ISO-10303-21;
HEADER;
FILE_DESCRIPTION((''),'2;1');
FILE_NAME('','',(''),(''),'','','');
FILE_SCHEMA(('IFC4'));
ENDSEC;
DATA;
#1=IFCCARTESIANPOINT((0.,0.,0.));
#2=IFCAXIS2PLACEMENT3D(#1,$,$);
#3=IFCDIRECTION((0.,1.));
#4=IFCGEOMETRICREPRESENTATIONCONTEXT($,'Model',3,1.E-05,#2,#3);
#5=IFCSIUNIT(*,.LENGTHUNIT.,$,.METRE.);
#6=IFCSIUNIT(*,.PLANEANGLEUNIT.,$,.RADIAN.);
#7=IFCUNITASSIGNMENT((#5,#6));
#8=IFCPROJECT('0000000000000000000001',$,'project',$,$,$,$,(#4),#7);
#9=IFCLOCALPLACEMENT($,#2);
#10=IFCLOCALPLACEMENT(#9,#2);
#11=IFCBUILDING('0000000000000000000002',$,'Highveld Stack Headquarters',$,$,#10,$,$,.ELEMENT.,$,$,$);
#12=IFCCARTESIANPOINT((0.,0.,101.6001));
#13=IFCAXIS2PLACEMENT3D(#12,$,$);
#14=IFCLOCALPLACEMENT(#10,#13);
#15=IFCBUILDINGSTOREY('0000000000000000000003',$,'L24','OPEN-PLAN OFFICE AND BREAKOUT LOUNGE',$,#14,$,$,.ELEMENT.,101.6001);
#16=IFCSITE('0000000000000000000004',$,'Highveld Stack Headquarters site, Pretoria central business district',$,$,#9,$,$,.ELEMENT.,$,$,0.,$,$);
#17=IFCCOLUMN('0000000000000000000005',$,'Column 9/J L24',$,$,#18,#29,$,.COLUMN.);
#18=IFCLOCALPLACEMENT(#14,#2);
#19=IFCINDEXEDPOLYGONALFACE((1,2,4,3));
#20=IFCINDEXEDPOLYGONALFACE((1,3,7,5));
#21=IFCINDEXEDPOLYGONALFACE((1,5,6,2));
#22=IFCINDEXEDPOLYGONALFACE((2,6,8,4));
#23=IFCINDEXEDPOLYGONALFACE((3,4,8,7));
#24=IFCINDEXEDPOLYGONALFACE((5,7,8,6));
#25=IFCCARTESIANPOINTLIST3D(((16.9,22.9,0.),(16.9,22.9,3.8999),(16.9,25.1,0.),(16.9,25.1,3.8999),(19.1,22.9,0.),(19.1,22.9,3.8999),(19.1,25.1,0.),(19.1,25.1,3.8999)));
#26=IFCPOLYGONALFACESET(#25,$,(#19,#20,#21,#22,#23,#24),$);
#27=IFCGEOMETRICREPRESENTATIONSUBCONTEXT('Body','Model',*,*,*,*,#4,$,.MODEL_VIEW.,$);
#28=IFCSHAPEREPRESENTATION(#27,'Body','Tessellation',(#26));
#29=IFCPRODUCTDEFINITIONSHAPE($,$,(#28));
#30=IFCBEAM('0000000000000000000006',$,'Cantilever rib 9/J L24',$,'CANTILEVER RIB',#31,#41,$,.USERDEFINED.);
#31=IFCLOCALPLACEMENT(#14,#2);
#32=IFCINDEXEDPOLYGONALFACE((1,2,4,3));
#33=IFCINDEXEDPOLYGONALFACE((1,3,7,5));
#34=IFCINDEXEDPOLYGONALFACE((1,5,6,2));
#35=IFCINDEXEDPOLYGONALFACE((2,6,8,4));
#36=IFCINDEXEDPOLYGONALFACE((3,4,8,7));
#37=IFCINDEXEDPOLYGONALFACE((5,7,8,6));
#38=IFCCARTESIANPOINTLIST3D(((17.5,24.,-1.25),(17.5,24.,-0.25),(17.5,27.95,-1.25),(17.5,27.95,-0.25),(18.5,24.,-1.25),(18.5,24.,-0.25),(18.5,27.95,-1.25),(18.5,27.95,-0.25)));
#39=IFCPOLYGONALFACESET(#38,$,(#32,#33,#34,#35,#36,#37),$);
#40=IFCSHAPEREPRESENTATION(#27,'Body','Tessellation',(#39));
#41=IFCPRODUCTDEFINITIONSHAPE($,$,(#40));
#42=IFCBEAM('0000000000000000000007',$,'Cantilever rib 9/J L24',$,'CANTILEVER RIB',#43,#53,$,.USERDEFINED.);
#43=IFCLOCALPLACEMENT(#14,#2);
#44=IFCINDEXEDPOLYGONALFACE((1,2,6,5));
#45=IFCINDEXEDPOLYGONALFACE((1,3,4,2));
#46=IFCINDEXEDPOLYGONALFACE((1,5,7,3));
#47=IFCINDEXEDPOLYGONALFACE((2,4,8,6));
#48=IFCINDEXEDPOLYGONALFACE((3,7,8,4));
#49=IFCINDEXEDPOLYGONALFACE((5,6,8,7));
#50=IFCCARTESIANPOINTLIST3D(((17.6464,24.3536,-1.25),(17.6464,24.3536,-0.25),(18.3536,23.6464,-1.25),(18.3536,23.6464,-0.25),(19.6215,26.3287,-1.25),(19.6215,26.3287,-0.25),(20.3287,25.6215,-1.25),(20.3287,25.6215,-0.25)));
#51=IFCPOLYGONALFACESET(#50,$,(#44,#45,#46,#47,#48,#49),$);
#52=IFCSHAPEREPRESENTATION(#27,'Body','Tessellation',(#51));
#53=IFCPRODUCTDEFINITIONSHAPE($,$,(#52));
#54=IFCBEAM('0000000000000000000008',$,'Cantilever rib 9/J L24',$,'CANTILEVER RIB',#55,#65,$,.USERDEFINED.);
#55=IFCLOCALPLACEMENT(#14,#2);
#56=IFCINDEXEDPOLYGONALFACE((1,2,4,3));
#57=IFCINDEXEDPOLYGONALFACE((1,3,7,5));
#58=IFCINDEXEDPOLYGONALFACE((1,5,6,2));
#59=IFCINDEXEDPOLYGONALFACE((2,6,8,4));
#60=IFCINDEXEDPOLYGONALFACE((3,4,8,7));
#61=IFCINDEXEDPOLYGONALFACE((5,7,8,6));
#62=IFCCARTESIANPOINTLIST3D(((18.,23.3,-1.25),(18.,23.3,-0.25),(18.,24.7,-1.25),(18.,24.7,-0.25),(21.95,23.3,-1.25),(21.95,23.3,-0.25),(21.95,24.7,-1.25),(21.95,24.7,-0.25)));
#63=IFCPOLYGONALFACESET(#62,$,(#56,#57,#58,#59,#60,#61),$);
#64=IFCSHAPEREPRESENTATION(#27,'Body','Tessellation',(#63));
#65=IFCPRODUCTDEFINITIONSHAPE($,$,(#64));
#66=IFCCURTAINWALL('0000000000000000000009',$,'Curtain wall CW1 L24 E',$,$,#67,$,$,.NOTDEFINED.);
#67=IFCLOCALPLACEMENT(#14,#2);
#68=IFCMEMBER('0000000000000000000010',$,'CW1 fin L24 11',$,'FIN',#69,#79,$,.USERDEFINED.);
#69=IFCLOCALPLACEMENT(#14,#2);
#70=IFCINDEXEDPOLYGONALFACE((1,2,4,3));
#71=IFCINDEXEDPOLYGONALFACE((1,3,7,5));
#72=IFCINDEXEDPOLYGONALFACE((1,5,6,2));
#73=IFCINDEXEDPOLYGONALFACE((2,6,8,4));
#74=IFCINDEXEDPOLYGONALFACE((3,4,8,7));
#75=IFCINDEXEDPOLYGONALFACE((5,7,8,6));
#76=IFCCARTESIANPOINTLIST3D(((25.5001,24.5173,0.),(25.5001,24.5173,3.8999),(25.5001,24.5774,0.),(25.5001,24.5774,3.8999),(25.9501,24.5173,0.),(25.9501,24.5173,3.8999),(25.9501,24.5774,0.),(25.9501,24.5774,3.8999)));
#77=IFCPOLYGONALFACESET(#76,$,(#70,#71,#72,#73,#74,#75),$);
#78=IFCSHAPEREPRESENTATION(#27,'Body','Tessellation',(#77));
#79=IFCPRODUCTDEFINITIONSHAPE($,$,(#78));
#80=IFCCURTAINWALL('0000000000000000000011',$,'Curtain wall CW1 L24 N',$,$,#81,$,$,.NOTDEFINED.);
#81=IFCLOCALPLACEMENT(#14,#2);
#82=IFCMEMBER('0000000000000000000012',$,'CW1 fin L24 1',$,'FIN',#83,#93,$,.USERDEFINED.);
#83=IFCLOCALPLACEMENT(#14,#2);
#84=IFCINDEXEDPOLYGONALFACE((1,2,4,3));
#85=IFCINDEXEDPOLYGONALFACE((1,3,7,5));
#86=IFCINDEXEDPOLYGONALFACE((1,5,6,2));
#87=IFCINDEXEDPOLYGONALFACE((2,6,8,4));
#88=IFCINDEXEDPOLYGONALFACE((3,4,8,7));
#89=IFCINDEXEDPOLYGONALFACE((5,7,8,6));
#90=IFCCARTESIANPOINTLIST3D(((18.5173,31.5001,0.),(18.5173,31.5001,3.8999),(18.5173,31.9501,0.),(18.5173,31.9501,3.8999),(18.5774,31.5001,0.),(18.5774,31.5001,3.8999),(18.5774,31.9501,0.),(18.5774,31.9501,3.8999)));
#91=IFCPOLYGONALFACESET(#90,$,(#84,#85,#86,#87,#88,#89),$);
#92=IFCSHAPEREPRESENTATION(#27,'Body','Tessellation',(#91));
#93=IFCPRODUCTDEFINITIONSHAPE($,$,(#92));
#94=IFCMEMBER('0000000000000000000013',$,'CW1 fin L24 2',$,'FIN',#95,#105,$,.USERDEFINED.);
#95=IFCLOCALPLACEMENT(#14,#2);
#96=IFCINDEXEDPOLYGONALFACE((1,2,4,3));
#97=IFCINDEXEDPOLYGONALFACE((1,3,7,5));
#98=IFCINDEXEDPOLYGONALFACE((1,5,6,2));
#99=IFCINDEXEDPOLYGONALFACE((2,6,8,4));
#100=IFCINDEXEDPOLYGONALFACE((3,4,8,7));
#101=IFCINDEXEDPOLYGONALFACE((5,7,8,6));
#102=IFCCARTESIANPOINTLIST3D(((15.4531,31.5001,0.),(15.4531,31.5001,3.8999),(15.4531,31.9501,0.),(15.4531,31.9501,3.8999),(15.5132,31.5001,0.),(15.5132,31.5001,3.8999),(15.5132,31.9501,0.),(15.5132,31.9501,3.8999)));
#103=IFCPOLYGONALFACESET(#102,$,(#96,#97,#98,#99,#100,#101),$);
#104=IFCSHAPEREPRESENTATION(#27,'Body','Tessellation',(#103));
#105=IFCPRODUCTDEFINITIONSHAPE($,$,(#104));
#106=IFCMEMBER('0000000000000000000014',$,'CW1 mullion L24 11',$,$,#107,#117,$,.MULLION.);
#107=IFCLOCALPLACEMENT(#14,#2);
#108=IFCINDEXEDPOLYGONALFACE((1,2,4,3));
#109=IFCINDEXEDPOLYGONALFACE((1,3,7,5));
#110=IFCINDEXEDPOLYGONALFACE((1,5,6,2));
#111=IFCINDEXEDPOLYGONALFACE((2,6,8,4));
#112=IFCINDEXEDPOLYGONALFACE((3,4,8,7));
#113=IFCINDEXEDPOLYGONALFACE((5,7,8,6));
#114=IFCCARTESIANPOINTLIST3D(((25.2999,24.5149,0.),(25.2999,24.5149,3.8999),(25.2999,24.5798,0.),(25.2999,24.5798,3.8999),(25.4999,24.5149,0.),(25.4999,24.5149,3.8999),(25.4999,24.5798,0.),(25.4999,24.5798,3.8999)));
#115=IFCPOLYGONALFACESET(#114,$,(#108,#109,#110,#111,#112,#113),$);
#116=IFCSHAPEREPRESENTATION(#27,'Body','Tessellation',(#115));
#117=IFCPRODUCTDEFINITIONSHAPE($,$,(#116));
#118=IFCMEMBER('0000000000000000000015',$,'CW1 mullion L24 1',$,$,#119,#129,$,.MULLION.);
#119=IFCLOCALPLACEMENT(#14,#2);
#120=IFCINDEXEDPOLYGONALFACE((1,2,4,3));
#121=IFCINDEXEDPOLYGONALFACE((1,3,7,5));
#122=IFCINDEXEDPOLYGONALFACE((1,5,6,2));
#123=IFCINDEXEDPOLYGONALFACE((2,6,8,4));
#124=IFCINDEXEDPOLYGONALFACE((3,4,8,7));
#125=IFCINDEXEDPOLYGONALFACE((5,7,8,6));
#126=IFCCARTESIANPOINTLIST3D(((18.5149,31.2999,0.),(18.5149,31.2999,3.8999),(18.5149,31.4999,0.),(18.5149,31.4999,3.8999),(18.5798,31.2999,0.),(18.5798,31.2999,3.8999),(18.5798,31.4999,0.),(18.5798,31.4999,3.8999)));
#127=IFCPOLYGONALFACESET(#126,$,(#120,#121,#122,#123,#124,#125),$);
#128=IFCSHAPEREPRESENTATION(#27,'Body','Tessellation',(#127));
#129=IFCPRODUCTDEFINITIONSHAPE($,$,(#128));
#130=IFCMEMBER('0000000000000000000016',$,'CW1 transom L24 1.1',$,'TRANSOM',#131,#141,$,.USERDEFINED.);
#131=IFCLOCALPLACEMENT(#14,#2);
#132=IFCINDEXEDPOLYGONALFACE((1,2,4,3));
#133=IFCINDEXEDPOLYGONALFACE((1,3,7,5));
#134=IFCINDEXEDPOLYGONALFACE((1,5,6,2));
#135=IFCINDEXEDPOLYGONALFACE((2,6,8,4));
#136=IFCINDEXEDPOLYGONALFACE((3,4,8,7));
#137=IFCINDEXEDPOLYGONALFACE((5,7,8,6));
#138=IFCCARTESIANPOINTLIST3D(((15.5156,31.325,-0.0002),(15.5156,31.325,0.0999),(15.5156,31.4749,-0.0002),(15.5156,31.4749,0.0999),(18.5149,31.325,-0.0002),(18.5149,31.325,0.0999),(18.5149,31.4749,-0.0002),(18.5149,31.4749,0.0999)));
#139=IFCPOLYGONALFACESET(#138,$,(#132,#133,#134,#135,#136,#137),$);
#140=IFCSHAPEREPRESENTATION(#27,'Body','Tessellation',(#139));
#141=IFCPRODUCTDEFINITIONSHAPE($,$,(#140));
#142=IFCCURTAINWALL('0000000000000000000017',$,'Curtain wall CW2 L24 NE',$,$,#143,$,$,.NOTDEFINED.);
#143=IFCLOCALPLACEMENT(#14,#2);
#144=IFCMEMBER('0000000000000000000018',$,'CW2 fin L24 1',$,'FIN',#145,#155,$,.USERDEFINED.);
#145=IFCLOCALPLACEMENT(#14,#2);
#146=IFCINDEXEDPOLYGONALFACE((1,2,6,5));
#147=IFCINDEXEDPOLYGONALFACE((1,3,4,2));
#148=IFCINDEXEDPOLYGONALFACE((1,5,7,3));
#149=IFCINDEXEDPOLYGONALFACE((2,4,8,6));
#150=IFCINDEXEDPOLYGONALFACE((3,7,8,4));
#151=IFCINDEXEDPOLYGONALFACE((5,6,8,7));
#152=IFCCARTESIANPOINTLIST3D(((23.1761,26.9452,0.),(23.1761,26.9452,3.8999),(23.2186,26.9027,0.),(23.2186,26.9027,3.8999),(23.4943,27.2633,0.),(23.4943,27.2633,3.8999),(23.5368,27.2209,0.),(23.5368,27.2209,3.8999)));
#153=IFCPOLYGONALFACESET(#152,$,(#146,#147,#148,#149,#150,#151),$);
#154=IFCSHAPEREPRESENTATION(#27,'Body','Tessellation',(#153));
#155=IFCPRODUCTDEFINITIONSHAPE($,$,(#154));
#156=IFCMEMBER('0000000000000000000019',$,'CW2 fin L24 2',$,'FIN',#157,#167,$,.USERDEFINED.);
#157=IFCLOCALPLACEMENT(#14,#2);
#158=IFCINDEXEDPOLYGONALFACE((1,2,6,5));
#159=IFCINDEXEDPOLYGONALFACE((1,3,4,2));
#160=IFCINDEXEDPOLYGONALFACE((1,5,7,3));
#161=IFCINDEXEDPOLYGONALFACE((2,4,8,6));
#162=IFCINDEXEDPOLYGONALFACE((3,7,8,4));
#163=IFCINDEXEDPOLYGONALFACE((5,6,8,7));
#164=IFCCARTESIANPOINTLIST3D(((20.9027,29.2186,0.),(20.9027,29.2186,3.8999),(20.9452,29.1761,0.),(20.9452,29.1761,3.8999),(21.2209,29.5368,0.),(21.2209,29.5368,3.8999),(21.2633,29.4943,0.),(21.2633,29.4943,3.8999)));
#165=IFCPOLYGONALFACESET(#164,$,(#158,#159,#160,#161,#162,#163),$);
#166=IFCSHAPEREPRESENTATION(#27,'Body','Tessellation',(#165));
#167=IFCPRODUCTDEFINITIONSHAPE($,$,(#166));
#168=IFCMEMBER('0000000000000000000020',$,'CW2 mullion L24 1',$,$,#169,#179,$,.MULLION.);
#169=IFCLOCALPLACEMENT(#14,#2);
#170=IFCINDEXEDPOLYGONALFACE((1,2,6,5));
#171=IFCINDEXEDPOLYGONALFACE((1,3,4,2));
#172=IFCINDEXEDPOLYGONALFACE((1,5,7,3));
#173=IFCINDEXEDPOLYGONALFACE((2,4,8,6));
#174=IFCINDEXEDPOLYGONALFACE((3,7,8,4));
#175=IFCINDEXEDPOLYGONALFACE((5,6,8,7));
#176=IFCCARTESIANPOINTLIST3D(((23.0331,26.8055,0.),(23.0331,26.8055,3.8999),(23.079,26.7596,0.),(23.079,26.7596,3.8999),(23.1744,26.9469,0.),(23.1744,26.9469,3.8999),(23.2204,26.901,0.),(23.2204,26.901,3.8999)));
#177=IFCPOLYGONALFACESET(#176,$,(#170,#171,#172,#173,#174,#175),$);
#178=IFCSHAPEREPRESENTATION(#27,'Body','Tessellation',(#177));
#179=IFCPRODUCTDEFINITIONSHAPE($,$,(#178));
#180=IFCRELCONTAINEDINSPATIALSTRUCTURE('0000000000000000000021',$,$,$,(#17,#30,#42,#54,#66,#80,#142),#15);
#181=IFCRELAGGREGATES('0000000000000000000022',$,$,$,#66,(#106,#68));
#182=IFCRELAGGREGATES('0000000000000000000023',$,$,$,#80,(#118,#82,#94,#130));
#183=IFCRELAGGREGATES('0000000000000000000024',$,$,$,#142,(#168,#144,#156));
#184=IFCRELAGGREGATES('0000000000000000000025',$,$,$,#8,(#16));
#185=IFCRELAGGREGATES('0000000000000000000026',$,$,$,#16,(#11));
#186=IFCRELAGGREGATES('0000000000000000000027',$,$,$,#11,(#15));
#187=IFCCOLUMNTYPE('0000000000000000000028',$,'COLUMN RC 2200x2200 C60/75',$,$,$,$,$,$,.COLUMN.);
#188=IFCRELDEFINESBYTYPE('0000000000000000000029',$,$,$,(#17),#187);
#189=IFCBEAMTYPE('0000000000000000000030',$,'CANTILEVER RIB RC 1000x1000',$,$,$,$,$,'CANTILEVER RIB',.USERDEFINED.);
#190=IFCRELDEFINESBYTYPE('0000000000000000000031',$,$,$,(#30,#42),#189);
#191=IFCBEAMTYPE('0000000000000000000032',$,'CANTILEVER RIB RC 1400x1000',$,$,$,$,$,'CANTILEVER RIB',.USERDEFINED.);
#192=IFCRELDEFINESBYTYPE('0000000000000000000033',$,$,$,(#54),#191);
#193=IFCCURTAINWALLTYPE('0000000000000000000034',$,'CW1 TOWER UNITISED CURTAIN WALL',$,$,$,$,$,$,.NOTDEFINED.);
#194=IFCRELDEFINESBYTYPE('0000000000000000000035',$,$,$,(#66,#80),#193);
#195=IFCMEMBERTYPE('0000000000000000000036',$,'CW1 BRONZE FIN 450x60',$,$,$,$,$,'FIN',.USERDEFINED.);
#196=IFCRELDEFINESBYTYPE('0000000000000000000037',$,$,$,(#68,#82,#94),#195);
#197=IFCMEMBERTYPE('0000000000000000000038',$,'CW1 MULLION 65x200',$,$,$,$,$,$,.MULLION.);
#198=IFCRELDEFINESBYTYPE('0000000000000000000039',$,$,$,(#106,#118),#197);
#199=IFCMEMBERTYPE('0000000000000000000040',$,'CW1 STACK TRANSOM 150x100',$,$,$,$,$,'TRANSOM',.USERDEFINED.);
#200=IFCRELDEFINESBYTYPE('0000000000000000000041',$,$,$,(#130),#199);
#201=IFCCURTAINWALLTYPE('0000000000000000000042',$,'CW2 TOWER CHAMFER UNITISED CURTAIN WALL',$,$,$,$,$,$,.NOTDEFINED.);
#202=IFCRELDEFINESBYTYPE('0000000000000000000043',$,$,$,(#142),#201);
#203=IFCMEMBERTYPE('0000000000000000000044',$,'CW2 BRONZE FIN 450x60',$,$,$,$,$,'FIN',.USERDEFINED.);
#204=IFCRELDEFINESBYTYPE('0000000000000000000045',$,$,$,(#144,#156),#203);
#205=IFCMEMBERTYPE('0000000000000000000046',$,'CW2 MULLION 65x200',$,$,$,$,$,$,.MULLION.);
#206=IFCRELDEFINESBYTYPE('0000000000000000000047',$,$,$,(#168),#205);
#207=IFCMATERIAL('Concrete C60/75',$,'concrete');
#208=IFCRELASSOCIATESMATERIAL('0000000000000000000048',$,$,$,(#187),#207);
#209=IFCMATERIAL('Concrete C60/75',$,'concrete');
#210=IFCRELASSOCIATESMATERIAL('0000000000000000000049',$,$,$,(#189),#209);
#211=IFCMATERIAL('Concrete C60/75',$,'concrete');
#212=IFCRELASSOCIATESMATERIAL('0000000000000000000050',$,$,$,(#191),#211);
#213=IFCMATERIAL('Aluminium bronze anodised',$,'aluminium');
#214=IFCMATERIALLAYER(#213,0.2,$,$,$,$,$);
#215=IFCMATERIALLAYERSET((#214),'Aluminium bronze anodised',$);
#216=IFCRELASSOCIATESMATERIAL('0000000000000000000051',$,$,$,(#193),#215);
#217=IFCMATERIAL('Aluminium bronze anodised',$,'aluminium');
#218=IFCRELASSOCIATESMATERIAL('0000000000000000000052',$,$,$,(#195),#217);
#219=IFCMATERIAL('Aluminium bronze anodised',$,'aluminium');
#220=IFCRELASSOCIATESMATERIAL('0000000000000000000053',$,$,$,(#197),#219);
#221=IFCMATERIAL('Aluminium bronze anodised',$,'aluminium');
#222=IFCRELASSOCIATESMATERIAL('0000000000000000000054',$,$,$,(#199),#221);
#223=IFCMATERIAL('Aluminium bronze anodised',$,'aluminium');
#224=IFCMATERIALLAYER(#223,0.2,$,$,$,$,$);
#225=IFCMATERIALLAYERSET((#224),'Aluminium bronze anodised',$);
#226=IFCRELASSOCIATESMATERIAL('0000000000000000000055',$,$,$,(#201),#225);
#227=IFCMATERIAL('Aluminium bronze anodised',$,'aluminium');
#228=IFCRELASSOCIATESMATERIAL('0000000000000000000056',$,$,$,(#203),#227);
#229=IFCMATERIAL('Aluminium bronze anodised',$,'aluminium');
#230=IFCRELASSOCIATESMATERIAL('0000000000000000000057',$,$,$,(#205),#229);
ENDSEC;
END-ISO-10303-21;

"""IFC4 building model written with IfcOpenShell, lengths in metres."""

from ifc_helpers import new_model, si_unit, direction, frame, origin, origin_2d, place, context, subcontext, project, spatial, rectangle, extrude, material, layer, layer_set, material_profile, profile_set, type_object, element, aggregate, save


model = new_model("IFC4")

# Units and contexts
model_context = context("Model", 3, precision=1e-05, world=origin(), true_north=direction((0.0, 1.0)))
body_context = subcontext(model_context, "Body", "Model", "MODEL_VIEW")
ifc_project = project(units=[si_unit("LENGTHUNIT", "METRE"), si_unit("PLANEANGLEUNIT", "RADIAN")], contexts=[model_context])

# Site, building, storey
site_placement = place(None, origin())
site = spatial("IfcSite", under=ifc_project, at=site_placement, Name="Highveld Stack Headquarters site, Pretoria central business district", CompositionType="ELEMENT", RefElevation=0.0)
building_placement = place(site_placement, origin())
building = spatial("IfcBuilding", under=site, at=building_placement, Name="Highveld Stack Headquarters", CompositionType="ELEMENT")
storey_placement = place(building_placement, frame((0.0, 0.0, 101.6001)))
storey = spatial("IfcBuildingStorey", under=building, at=storey_placement, Name="L24", Description="OPEN-PLAN OFFICE AND BREAKOUT LOUNGE", CompositionType="ELEMENT", Elevation=101.6001)

# Column
ifc_material_1 = material(Name="Concrete C60/75", Category="concrete")
ifc_material_profile_1 = material_profile(ifc_material_1, rectangle(XDim=2.2, YDim=2.2, at=origin_2d()), Name="RC 2200x2200")
ifc_profile_set_1 = profile_set([ifc_material_profile_1], Name="Concrete C60/75")
column_type = type_object("IfcColumnType", Name="COLUMN RC 2200x2200 C60/75", PredefinedType="COLUMN", material=ifc_profile_set_1)
column_placement = place(storey_placement, frame((18.0, 24.0, 0.0), z_axis=(0.0, 0.0, 1.0), x_axis=(1.0, 0.0, 0.0)))
element("IfcColumn", 1, at=column_placement, inside=storey, type_object=column_type, Name="Column 9/J L24", PredefinedType="COLUMN", context=body_context, shape_type="SweptSolid", body=[
    extrude(rectangle(XDim=2.2, YDim=2.2, at=origin_2d()), origin(), (0.0, 0.0, 1.0), 3.8999),
])

# Beams
ifc_material_2 = material(Name="Concrete C60/75", Category="concrete")
ifc_material_profile_2 = material_profile(ifc_material_2, rectangle(XDim=1.0, YDim=1.0, at=origin_2d()), Name="RC 1000x1000")
ifc_profile_set_2 = profile_set([ifc_material_profile_2], Name="Concrete C60/75")
beam_type_1 = type_object("IfcBeamType", Name="CANTILEVER RIB RC 1000x1000", ElementType="CANTILEVER RIB", PredefinedType="USERDEFINED", material=ifc_profile_set_2)
beam_1_placement = place(storey_placement, frame((18.0, 24.0, -0.75), z_axis=(0.0, 1.0, 0.0), x_axis=(-1.0, 0.0, 0.0)))
element("IfcBeam", 2, at=beam_1_placement, inside=storey, type_object=beam_type_1, Name="Cantilever rib 9/J L24", ObjectType="CANTILEVER RIB", PredefinedType="USERDEFINED", context=body_context, shape_type="SweptSolid", body=[
    extrude(rectangle(XDim=1.0, YDim=1.0, at=origin_2d()), origin(), (0.0, 0.0, 1.0), 3.95),
])
beam_2_placement = place(storey_placement, frame((18.0, 24.0, -0.75), z_axis=(0.707107, 0.707107, 0.0), x_axis=(-0.707107, 0.707107, 0.0)))
element("IfcBeam", 3, at=beam_2_placement, inside=storey, type_object=beam_type_1, Name="Cantilever rib 9/J L24", ObjectType="CANTILEVER RIB", PredefinedType="USERDEFINED", context=body_context, shape_type="SweptSolid", body=[
    extrude(rectangle(XDim=1.0, YDim=1.0, at=origin_2d()), origin(), (0.0, 0.0, 1.0), 2.7932),
])
ifc_material_3 = material(Name="Concrete C60/75", Category="concrete")
ifc_material_profile_3 = material_profile(ifc_material_3, rectangle(XDim=1.3999, YDim=1.0, at=origin_2d()), Name="RC 1400x1000")
ifc_profile_set_3 = profile_set([ifc_material_profile_3], Name="Concrete C60/75")
beam_type_2 = type_object("IfcBeamType", Name="CANTILEVER RIB RC 1400x1000", ElementType="CANTILEVER RIB", PredefinedType="USERDEFINED", material=ifc_profile_set_3)
beam_3_placement = place(storey_placement, frame((18.0, 24.0, -0.75), z_axis=(1.0, 0.0, 0.0), x_axis=(0.0, 1.0, 0.0)))
element("IfcBeam", 4, at=beam_3_placement, inside=storey, type_object=beam_type_2, Name="Cantilever rib 9/J L24", ObjectType="CANTILEVER RIB", PredefinedType="USERDEFINED", context=body_context, shape_type="SweptSolid", body=[
    extrude(rectangle(XDim=1.3999, YDim=1.0, at=origin_2d()), origin(), (0.0, 0.0, 1.0), 3.95),
])

# Curtain wall, member
ifc_material_4 = material(Name="Aluminium bronze anodised", Category="aluminium")
ifc_layer_1 = layer(ifc_material_4, 0.2)
ifc_layer_set_1 = layer_set([ifc_layer_1], Name="Aluminium bronze anodised")
curtain_wall_type_1 = type_object("IfcCurtainWallType", Name="CW1 TOWER UNITISED CURTAIN WALL", PredefinedType="NOTDEFINED", material=ifc_layer_set_1)
curtain_wall_1_placement = place(storey_placement, origin())
curtain_wall_1 = element("IfcCurtainWall", 5, at=curtain_wall_1_placement, inside=storey, type_object=curtain_wall_type_1, Name="Curtain wall CW1 L24 E", PredefinedType="NOTDEFINED")
ifc_material_5 = material(Name="Aluminium bronze anodised", Category="aluminium")
ifc_material_profile_4 = material_profile(ifc_material_5, rectangle(XDim=0.45, YDim=0.0601, at=origin_2d()), Name="FIN 450x60")
ifc_profile_set_4 = profile_set([ifc_material_profile_4], Name="Aluminium bronze anodised")
member_type_1 = type_object("IfcMemberType", Name="CW1 BRONZE FIN 450x60", ElementType="FIN", PredefinedType="USERDEFINED", material=ifc_profile_set_4)
member_1_placement = place(storey_placement, frame((25.7251, 24.5474, 0.0), z_axis=(0.0, 0.0, 1.0), x_axis=(-1.0, 0.0, 0.0)))
member_1 = element("IfcMember", 6, at=member_1_placement, type_object=member_type_1, Name="CW1 fin L24 11", ObjectType="FIN", PredefinedType="USERDEFINED", context=body_context, shape_type="SweptSolid", body=[
    extrude(rectangle(XDim=0.45, YDim=0.0601, at=origin_2d()), origin(), (0.0, 0.0, 1.0), 3.8999),
])

# Curtain wall, members
curtain_wall_2_placement = place(storey_placement, origin())
curtain_wall_2 = element("IfcCurtainWall", 7, at=curtain_wall_2_placement, inside=storey, type_object=curtain_wall_type_1, Name="Curtain wall CW1 L24 N", PredefinedType="NOTDEFINED")
member_2_placement = place(storey_placement, frame((18.5474, 31.7251, 0.0), z_axis=(0.0, 0.0, 1.0), x_axis=(0.0, -1.0, 0.0)))
member_2 = element("IfcMember", 8, at=member_2_placement, type_object=member_type_1, Name="CW1 fin L24 1", ObjectType="FIN", PredefinedType="USERDEFINED", context=body_context, shape_type="SweptSolid", body=[
    extrude(rectangle(XDim=0.45, YDim=0.0601, at=origin_2d()), origin(), (0.0, 0.0, 1.0), 3.8999),
])
member_3_placement = place(storey_placement, frame((15.4832, 31.7251, 0.0), z_axis=(0.0, 0.0, 1.0), x_axis=(0.0, -1.0, 0.0)))
member_3 = element("IfcMember", 9, at=member_3_placement, type_object=member_type_1, Name="CW1 fin L24 2", ObjectType="FIN", PredefinedType="USERDEFINED", context=body_context, shape_type="SweptSolid", body=[
    extrude(rectangle(XDim=0.45, YDim=0.0601, at=origin_2d()), origin(), (0.0, 0.0, 1.0), 3.8999),
])

# Members
ifc_material_6 = material(Name="Aluminium bronze anodised", Category="aluminium")
ifc_material_profile_5 = material_profile(ifc_material_6, rectangle(XDim=0.2, YDim=0.0649, at=origin_2d()), Name="CW1 MULLION 65x200")
ifc_profile_set_5 = profile_set([ifc_material_profile_5], Name="Aluminium bronze anodised")
member_type_2 = type_object("IfcMemberType", Name="CW1 MULLION 65x200", PredefinedType="MULLION", material=ifc_profile_set_5)
member_4_placement = place(storey_placement, frame((25.3999, 24.5474, 0.0), z_axis=(0.0, 0.0, 1.0), x_axis=(-1.0, 0.0, 0.0)))
member_4 = element("IfcMember", 10, at=member_4_placement, type_object=member_type_2, Name="CW1 mullion L24 11", PredefinedType="MULLION", context=body_context, shape_type="SweptSolid", body=[
    extrude(rectangle(XDim=0.2, YDim=0.0649, at=origin_2d()), origin(), (0.0, 0.0, 1.0), 3.8999),
])
aggregate(curtain_wall_1, [member_4, member_1])
member_5_placement = place(storey_placement, frame((18.5474, 31.3999, 0.0), z_axis=(0.0, 0.0, 1.0), x_axis=(0.0, -1.0, 0.0)))
member_5 = element("IfcMember", 11, at=member_5_placement, type_object=member_type_2, Name="CW1 mullion L24 1", PredefinedType="MULLION", context=body_context, shape_type="SweptSolid", body=[
    extrude(rectangle(XDim=0.2, YDim=0.0649, at=origin_2d()), origin(), (0.0, 0.0, 1.0), 3.8999),
])
ifc_material_7 = material(Name="Aluminium bronze anodised", Category="aluminium")
ifc_material_profile_6 = material_profile(ifc_material_7, rectangle(XDim=0.1499, YDim=0.1001, at=origin_2d()), Name="CW1 TRANSOM 150x100")
ifc_profile_set_6 = profile_set([ifc_material_profile_6], Name="Aluminium bronze anodised")
member_type_3 = type_object("IfcMemberType", Name="CW1 STACK TRANSOM 150x100", ElementType="TRANSOM", PredefinedType="USERDEFINED", material=ifc_profile_set_6)
member_6_placement = place(storey_placement, frame((18.5149, 31.3999, 0.0498), z_axis=(-1.0, 0.0, 0.0), x_axis=(0.0, -1.0, 0.0)))
member_6 = element("IfcMember", 12, at=member_6_placement, type_object=member_type_3, Name="CW1 transom L24 1.1", ObjectType="TRANSOM", PredefinedType="USERDEFINED", context=body_context, shape_type="SweptSolid", body=[
    extrude(rectangle(XDim=0.1499, YDim=0.1001, at=origin_2d()), origin(), (0.0, 0.0, 1.0), 2.9993),
])

# Curtain wall, members
ifc_material_8 = material(Name="Aluminium bronze anodised", Category="aluminium")
ifc_layer_2 = layer(ifc_material_8, 0.2)
ifc_layer_set_2 = layer_set([ifc_layer_2], Name="Aluminium bronze anodised")
curtain_wall_type_2 = type_object("IfcCurtainWallType", Name="CW2 TOWER CHAMFER UNITISED CURTAIN WALL", PredefinedType="NOTDEFINED", material=ifc_layer_set_2)
curtain_wall_3_placement = place(storey_placement, origin())
curtain_wall_3 = element("IfcCurtainWall", 13, at=curtain_wall_3_placement, inside=storey, type_object=curtain_wall_type_2, Name="Curtain wall CW2 L24 NE", PredefinedType="NOTDEFINED")
ifc_material_9 = material(Name="Aluminium bronze anodised", Category="aluminium")
ifc_material_profile_7 = material_profile(ifc_material_9, rectangle(XDim=0.45, YDim=0.0601, at=origin_2d()), Name="FIN 450x60")
ifc_profile_set_7 = profile_set([ifc_material_profile_7], Name="Aluminium bronze anodised")
member_type_4 = type_object("IfcMemberType", Name="CW2 BRONZE FIN 450x60", ElementType="FIN", PredefinedType="USERDEFINED", material=ifc_profile_set_7)
member_7_placement = place(storey_placement, frame((23.3564, 27.083, 0.0), z_axis=(0.0, 0.0, 1.0), x_axis=(-0.707107, -0.707107, 0.0)))
member_7 = element("IfcMember", 14, at=member_7_placement, type_object=member_type_4, Name="CW2 fin L24 1", ObjectType="FIN", PredefinedType="USERDEFINED", context=body_context, shape_type="SweptSolid", body=[
    extrude(rectangle(XDim=0.45, YDim=0.0601, at=origin_2d()), origin(), (0.0, 0.0, 1.0), 3.8999),
])
member_8_placement = place(storey_placement, frame((21.083, 29.3564, 0.0), z_axis=(0.0, 0.0, 1.0), x_axis=(-0.707107, -0.707107, 0.0)))
member_8 = element("IfcMember", 15, at=member_8_placement, type_object=member_type_4, Name="CW2 fin L24 2", ObjectType="FIN", PredefinedType="USERDEFINED", context=body_context, shape_type="SweptSolid", body=[
    extrude(rectangle(XDim=0.45, YDim=0.0601, at=origin_2d()), origin(), (0.0, 0.0, 1.0), 3.8999),
])
ifc_material_10 = material(Name="Aluminium bronze anodised", Category="aluminium")
ifc_material_profile_8 = material_profile(ifc_material_10, rectangle(XDim=0.2, YDim=0.0649, at=origin_2d()), Name="CW2 MULLION 65x200")
ifc_profile_set_8 = profile_set([ifc_material_profile_8], Name="Aluminium bronze anodised")
member_type_5 = type_object("IfcMemberType", Name="CW2 MULLION 65x200", PredefinedType="MULLION", material=ifc_profile_set_8)
member_9_placement = place(storey_placement, frame((23.1267, 26.8533, 0.0), z_axis=(0.0, 0.0, 1.0), x_axis=(-0.707107, -0.707107, 0.0)))
member_9 = element("IfcMember", 16, at=member_9_placement, type_object=member_type_5, Name="CW2 mullion L24 1", PredefinedType="MULLION", context=body_context, shape_type="SweptSolid", body=[
    extrude(rectangle(XDim=0.2, YDim=0.0649, at=origin_2d()), origin(), (0.0, 0.0, 1.0), 3.8999),
])

aggregate(curtain_wall_2, [member_5, member_2, member_3, member_6])
aggregate(curtain_wall_3, [member_9, member_7, member_8])

save(model, "model.ifc")
